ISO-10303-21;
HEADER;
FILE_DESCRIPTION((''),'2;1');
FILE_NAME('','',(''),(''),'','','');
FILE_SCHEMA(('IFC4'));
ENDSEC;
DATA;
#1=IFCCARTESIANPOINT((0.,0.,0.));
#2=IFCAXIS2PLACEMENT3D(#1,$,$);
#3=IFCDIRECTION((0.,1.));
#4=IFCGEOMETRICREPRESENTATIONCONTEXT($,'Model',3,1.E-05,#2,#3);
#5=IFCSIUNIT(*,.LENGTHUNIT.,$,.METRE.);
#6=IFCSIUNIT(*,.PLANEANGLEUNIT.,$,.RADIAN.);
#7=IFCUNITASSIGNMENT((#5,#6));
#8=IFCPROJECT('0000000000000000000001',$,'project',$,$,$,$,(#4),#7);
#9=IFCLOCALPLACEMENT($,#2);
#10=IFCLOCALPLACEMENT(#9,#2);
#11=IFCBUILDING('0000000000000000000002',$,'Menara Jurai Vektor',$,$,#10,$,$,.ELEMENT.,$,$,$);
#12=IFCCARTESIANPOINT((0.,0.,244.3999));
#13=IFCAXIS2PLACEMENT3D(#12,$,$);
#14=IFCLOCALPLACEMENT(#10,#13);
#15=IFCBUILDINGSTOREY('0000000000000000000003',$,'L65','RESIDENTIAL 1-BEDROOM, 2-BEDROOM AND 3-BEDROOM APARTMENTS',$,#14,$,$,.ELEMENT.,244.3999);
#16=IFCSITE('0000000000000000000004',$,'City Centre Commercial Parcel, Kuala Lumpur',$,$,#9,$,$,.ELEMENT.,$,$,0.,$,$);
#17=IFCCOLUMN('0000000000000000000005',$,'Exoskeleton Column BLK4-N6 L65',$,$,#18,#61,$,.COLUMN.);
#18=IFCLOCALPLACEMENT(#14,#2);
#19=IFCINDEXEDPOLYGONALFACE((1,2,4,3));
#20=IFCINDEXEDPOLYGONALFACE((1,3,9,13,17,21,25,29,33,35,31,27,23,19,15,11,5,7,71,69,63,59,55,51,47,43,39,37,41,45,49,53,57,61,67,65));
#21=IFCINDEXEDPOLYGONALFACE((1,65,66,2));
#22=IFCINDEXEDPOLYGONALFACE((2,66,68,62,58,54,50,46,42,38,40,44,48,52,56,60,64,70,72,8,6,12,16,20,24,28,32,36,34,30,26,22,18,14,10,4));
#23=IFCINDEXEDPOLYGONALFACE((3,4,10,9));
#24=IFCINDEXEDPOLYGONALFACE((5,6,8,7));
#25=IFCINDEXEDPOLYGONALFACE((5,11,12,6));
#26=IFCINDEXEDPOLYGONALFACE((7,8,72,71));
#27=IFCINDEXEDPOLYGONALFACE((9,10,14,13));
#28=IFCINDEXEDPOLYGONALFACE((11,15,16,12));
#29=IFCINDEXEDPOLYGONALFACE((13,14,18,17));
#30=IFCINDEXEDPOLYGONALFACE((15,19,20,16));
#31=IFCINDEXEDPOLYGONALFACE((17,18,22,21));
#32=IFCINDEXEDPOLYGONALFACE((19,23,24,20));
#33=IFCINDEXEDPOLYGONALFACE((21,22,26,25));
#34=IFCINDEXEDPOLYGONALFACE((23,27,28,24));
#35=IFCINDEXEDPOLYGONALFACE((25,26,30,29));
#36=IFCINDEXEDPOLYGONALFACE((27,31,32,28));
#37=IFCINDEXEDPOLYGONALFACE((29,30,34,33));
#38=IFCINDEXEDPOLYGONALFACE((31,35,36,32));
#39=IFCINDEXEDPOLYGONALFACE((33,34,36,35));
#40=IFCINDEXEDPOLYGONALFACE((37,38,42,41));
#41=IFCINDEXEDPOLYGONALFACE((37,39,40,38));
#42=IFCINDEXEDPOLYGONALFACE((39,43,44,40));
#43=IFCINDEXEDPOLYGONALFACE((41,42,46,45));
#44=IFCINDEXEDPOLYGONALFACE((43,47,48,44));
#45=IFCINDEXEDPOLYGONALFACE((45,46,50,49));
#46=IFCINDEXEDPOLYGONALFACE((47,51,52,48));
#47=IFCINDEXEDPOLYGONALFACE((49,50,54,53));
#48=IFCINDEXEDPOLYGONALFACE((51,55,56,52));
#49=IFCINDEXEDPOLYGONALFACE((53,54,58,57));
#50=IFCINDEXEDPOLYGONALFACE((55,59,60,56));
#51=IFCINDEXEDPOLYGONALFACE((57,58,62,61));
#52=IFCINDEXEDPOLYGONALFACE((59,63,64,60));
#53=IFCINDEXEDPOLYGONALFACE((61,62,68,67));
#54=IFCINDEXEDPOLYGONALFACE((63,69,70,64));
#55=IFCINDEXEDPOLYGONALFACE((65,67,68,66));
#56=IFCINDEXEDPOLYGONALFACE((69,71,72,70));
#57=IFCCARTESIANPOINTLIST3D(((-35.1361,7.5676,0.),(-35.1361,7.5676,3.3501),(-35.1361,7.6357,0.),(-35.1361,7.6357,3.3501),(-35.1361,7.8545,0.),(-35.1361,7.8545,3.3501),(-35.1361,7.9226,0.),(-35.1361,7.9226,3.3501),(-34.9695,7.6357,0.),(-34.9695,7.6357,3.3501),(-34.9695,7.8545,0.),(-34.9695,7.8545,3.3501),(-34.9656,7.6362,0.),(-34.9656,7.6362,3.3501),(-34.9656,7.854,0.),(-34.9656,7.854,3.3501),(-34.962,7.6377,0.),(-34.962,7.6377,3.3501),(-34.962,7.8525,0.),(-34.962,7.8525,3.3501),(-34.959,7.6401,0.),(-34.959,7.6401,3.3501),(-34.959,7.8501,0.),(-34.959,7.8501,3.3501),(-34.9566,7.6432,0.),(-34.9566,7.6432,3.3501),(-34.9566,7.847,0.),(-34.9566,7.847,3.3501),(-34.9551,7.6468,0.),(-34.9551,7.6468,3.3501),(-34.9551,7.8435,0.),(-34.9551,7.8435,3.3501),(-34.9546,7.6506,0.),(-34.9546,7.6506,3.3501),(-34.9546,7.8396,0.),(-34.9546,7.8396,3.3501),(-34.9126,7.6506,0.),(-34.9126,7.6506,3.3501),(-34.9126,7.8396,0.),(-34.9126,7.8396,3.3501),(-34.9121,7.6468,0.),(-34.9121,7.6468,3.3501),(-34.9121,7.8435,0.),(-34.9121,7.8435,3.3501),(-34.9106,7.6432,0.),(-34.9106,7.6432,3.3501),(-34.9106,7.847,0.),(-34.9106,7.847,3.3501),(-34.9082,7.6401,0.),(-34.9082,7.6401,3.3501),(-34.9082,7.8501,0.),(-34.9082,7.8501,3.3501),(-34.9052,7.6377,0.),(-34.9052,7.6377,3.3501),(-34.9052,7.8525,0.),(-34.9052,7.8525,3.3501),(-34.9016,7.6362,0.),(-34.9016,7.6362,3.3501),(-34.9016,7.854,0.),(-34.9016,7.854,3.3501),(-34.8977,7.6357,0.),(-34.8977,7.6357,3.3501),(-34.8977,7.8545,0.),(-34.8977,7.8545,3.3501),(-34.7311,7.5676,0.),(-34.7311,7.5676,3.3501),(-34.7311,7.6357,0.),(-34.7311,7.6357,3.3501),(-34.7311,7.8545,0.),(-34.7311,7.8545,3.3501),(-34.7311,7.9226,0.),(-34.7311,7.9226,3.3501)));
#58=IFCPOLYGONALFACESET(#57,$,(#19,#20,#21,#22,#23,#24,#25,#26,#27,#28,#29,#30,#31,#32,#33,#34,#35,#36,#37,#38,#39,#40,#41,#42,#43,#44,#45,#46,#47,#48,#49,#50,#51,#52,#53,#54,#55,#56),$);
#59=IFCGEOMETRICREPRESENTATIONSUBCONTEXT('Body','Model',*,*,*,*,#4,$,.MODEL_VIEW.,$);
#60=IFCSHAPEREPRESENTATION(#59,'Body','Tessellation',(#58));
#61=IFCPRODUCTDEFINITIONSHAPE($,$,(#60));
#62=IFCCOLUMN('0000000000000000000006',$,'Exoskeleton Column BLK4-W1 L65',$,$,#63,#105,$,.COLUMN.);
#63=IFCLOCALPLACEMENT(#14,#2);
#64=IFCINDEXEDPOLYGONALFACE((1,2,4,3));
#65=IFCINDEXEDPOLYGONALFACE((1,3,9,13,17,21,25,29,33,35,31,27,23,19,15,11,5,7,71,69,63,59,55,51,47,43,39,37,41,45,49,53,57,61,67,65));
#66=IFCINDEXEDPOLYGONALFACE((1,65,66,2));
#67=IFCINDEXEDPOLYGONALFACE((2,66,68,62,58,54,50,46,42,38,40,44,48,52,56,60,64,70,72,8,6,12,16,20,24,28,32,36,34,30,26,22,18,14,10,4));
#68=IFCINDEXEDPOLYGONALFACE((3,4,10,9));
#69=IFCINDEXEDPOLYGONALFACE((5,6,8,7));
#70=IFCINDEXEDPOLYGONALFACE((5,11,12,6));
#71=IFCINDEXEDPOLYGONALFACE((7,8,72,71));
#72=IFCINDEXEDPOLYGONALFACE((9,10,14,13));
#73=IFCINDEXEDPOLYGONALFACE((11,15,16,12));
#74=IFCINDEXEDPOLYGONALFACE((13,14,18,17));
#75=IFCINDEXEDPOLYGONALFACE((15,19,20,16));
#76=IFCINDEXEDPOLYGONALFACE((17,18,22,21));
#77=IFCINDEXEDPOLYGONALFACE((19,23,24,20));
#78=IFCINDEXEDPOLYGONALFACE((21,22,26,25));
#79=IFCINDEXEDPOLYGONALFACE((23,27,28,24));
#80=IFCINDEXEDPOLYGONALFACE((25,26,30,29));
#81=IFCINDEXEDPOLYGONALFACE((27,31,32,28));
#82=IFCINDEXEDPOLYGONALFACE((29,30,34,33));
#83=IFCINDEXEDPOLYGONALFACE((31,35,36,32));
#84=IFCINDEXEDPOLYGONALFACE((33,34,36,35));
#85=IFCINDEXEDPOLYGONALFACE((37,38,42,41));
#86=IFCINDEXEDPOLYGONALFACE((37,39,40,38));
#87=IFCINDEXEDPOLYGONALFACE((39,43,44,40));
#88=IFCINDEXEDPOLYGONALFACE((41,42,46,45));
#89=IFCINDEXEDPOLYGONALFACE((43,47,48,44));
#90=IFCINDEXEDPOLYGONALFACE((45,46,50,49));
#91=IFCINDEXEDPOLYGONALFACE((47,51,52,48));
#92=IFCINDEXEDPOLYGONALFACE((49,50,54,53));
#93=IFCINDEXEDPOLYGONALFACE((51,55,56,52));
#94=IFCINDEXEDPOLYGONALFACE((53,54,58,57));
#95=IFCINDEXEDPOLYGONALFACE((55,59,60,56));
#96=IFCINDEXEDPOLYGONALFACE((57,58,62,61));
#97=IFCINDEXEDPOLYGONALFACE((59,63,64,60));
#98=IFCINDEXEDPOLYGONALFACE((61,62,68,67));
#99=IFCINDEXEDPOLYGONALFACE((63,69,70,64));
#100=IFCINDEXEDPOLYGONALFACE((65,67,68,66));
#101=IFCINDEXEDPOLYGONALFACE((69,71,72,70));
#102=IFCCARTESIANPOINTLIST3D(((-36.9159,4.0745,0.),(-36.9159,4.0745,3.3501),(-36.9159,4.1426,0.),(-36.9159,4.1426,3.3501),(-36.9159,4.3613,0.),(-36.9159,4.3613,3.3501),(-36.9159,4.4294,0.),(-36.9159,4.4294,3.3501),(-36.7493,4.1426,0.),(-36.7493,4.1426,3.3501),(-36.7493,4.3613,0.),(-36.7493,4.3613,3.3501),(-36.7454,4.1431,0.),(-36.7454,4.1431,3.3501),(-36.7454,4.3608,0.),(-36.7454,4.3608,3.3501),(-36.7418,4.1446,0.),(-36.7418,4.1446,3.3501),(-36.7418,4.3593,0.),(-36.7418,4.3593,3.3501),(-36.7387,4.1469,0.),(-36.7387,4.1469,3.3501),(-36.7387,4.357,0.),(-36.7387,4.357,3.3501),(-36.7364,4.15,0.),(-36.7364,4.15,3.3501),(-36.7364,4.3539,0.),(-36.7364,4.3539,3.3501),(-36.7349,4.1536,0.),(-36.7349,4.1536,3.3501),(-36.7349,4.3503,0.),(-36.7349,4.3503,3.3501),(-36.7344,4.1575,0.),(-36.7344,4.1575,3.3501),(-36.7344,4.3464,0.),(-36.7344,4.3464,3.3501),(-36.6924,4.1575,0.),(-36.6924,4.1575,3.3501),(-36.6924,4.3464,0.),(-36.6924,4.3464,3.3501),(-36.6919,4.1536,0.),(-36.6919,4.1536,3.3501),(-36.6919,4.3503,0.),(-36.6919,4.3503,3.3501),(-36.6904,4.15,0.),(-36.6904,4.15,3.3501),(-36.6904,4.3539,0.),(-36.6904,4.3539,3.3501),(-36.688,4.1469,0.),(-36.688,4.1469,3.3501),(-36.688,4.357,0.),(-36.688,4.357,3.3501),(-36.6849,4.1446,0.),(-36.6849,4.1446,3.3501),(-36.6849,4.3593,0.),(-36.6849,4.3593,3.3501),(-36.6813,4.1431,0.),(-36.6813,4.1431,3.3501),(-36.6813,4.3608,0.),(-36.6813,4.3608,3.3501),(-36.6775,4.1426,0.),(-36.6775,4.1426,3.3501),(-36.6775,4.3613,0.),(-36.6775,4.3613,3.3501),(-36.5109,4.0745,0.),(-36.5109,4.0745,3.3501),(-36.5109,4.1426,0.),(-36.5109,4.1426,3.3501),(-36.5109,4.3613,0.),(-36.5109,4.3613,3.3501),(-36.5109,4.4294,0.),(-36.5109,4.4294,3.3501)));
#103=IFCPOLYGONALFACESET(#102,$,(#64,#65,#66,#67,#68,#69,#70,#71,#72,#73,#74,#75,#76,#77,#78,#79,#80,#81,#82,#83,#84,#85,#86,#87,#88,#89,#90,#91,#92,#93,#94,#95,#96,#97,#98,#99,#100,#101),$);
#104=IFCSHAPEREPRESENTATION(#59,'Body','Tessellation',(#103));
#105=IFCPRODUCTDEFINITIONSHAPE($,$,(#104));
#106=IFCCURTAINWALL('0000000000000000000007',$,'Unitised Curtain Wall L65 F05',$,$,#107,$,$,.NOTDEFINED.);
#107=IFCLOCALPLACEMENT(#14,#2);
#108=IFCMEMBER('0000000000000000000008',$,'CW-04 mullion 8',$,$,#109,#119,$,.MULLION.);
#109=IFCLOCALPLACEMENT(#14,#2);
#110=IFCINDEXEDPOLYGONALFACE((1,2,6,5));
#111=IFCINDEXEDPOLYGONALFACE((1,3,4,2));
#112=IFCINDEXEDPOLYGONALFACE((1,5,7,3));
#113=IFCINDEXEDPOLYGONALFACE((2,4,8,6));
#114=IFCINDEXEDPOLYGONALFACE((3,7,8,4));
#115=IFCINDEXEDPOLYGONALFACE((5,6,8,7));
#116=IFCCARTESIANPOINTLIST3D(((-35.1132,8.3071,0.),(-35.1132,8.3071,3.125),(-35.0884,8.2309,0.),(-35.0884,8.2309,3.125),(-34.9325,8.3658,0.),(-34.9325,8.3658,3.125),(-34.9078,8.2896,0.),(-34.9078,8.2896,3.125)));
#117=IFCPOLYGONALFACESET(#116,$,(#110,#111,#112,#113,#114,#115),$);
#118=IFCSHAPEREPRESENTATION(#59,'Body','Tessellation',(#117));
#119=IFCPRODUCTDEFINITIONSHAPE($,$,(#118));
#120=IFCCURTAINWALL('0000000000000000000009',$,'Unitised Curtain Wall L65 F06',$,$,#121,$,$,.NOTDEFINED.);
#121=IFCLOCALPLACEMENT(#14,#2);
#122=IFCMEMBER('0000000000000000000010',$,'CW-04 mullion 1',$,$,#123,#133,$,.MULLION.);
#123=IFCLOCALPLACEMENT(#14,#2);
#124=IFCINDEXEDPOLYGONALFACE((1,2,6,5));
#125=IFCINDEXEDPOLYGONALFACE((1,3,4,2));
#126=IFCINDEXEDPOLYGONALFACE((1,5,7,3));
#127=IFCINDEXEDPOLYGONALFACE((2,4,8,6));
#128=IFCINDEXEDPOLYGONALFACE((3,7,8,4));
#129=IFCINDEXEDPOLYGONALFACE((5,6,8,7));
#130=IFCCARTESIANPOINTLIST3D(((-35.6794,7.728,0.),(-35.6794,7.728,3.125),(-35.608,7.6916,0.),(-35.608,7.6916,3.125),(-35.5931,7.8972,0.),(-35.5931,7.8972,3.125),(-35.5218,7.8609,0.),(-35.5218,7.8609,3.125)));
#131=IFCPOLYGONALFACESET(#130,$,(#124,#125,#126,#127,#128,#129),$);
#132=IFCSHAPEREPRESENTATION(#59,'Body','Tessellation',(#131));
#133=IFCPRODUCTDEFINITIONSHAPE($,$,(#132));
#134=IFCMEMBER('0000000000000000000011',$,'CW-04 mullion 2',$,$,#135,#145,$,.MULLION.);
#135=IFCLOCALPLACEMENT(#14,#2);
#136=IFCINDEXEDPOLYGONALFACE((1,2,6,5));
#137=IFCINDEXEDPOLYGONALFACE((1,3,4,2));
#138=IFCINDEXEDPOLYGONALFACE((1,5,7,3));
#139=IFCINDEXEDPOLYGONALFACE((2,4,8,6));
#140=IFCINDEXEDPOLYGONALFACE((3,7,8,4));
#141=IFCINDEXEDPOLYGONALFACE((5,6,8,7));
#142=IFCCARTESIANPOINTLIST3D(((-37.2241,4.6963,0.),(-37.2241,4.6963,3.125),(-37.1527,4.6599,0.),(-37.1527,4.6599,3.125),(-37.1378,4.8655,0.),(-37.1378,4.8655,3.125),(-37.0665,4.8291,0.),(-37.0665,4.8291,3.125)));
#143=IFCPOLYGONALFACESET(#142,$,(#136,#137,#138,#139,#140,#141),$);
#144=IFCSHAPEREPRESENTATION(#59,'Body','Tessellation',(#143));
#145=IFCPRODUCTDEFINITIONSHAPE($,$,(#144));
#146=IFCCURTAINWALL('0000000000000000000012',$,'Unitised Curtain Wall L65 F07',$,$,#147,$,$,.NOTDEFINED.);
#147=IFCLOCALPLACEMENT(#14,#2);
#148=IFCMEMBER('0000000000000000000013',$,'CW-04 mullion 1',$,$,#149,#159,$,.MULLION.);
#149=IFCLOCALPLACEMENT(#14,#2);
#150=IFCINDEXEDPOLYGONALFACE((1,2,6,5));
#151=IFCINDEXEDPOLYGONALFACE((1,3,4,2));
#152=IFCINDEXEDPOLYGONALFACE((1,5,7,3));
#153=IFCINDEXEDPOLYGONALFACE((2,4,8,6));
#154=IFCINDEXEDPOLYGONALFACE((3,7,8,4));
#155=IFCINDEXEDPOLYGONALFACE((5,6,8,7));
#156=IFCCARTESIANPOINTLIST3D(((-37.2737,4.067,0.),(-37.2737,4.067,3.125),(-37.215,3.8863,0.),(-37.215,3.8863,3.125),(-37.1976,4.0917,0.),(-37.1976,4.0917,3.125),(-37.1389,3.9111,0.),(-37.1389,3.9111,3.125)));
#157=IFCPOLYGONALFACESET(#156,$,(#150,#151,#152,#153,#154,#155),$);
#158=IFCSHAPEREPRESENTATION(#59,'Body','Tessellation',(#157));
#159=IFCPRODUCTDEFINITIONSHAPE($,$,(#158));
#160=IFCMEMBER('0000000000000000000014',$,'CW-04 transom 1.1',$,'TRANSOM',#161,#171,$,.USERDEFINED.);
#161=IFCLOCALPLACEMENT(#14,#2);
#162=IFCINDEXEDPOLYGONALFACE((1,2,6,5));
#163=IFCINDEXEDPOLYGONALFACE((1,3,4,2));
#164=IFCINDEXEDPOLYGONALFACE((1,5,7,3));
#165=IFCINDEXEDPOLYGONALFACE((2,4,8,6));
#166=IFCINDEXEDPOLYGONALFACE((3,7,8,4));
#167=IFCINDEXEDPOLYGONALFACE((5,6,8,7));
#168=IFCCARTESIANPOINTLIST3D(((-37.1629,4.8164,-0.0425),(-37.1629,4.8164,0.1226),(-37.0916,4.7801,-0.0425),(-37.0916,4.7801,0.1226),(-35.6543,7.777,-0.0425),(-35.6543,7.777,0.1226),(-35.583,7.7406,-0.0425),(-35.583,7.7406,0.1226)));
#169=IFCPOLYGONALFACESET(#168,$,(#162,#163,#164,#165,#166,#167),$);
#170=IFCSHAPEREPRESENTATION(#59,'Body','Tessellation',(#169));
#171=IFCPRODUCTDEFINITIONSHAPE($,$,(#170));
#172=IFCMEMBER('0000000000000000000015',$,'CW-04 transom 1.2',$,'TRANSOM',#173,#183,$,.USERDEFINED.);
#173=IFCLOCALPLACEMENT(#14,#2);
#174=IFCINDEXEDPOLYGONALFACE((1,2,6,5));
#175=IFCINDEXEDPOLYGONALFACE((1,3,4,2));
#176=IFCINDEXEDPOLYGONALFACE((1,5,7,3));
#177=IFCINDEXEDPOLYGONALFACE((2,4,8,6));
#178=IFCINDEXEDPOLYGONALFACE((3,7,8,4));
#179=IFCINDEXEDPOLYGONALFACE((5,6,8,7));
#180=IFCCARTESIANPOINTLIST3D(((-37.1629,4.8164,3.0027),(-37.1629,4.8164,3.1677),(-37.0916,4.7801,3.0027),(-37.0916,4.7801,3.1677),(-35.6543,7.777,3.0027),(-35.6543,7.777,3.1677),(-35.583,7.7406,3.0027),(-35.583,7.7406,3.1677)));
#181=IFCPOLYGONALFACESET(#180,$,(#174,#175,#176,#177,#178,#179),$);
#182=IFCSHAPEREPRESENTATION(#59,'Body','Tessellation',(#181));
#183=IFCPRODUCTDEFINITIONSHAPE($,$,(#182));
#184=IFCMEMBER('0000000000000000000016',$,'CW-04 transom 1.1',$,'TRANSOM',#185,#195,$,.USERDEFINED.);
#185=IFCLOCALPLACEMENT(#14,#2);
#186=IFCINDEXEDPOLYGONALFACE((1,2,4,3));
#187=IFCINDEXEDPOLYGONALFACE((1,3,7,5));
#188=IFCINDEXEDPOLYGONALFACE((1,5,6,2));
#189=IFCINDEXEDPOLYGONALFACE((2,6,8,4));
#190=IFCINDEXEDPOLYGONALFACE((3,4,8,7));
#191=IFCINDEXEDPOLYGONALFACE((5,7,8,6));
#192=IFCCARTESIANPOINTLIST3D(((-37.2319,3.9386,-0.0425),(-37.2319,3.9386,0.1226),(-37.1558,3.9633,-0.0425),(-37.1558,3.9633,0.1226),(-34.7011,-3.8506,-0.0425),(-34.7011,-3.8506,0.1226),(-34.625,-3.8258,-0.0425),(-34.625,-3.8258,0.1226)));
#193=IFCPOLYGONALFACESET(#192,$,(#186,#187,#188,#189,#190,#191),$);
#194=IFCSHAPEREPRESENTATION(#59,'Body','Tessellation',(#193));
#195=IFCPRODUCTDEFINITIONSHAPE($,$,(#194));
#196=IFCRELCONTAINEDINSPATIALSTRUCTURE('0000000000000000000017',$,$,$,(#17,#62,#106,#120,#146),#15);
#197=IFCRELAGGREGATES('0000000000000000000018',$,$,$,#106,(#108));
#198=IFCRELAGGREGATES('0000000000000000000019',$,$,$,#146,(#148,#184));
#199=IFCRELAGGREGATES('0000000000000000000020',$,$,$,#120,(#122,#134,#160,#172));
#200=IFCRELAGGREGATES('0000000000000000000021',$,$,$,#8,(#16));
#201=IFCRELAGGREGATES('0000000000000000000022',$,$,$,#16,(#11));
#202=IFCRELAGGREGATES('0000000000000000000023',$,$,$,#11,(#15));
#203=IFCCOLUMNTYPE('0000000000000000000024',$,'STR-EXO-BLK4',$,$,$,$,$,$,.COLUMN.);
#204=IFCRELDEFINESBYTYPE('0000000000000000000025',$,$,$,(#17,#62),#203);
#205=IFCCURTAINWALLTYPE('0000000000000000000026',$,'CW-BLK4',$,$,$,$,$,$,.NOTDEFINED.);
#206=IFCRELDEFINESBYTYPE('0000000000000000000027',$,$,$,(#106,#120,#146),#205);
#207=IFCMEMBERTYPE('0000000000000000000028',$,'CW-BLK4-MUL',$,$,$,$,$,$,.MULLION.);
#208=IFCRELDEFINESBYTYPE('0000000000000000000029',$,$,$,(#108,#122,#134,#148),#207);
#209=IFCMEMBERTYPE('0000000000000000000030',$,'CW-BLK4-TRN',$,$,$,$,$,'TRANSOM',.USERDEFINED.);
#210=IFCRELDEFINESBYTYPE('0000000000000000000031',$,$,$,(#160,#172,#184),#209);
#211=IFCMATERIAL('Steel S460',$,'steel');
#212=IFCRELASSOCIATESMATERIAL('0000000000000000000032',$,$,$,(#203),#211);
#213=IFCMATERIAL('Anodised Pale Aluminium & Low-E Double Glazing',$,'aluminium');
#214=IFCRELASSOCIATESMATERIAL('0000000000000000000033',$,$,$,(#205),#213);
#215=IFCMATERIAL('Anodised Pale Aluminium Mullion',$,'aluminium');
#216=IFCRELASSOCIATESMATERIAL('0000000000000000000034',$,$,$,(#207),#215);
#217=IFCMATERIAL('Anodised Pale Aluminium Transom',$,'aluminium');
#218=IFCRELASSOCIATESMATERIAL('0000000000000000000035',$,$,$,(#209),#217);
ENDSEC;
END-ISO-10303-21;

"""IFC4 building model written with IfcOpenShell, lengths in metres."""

from ifc_helpers import new_model, si_unit, direction, frame, origin, origin_2d, place, context, subcontext, project, spatial, rectangle, i_section, extrude, material, material_profile, profile_set, type_object, element, aggregate, save


model = new_model("IFC4")

# Units and contexts
model_context = context("Model", 3, precision=1e-05, world=origin(), true_north=direction((0.0, 1.0)))
body_context = subcontext(model_context, "Body", "Model", "MODEL_VIEW")
ifc_project = project(units=[si_unit("LENGTHUNIT", "METRE"), si_unit("PLANEANGLEUNIT", "RADIAN")], contexts=[model_context])

# Site, building, storey
site_placement = place(None, origin())
site = spatial("IfcSite", under=ifc_project, at=site_placement, Name="City Centre Commercial Parcel, Kuala Lumpur", CompositionType="ELEMENT", RefElevation=0.0)
building_placement = place(site_placement, origin())
building = spatial("IfcBuilding", under=site, at=building_placement, Name="Menara Jurai Vektor", CompositionType="ELEMENT")
storey_placement = place(building_placement, frame((0.0, 0.0, 244.3999)))
storey = spatial("IfcBuildingStorey", under=building, at=storey_placement, Name="L65", Description="RESIDENTIAL 1-BEDROOM, 2-BEDROOM AND 3-BEDROOM APARTMENTS", CompositionType="ELEMENT", Elevation=244.3999)

# Columns
ifc_material_1 = material(Name="Steel S460", Category="steel")
ifc_material_profile_1 = material_profile(ifc_material_1, i_section(OverallWidth=0.405, OverallDepth=0.355, WebThickness=0.042, FlangeThickness=0.0681, FilletRadius=0.0149, at=origin_2d()), Name="HD 400x551")
ifc_profile_set_1 = profile_set([ifc_material_profile_1], Name="Steel S460")
column_type = type_object("IfcColumnType", Name="STR-EXO-BLK4", PredefinedType="COLUMN", material=ifc_profile_set_1)
for number, where, z_axis, x_axis, name in (
    (1, (-34.9336, 7.7451, 0.0), (0.0, 0.0, 1.0), (1.0, 0.0, 0.0), "Exoskeleton Column BLK4-N6 L65"),
    (2, (-36.7134, 4.252, 0.0), (0.0, 0.0, 1.0), (1.0, 0.0, 0.0), "Exoskeleton Column BLK4-W1 L65"),
):
    element("IfcColumn", number, at=place(storey_placement, frame(where, z_axis=z_axis, x_axis=x_axis)), inside=storey, type_object=column_type, Name=name, PredefinedType="COLUMN", context=body_context, shape_type="SweptSolid", body=[
        extrude(i_section(OverallWidth=0.405, OverallDepth=0.355, WebThickness=0.042, FlangeThickness=0.0681, FilletRadius=0.0149, at=origin_2d()), origin(), (0.0, 0.0, 1.0), 3.3501),
    ])

# Curtain wall, member
ifc_material_2 = material(Name="Anodised Pale Aluminium & Low-E Double Glazing", Category="aluminium")
curtain_wall_type = type_object("IfcCurtainWallType", Name="CW-BLK4", PredefinedType="NOTDEFINED", material=ifc_material_2)
curtain_wall_1_placement = place(storey_placement, origin())
curtain_wall_1 = element("IfcCurtainWall", 3, at=curtain_wall_1_placement, inside=storey, type_object=curtain_wall_type, Name="Unitised Curtain Wall L65 F05", PredefinedType="NOTDEFINED")
ifc_material_3 = material(Name="Anodised Pale Aluminium Mullion", Category="aluminium")
ifc_material_profile_2 = material_profile(ifc_material_3, rectangle(XDim=0.0801, YDim=0.1899, at=origin_2d()), Name="ALU MUL 80x190")
ifc_profile_set_2 = profile_set([ifc_material_profile_2], Name="Anodised Pale Aluminium Mullion")
member_type_1 = type_object("IfcMemberType", Name="CW-BLK4-MUL", PredefinedType="MULLION", material=ifc_profile_set_2)
member_1_placement = place(storey_placement, frame((-35.0105, 8.2983, 0.0), z_axis=(0.0, 0.0, 1.0), x_axis=(0.309017, -0.951056, 0.0)))
member_1 = element("IfcMember", 4, at=member_1_placement, type_object=member_type_1, Name="CW-04 mullion 8", PredefinedType="MULLION", context=body_context, shape_type="SweptSolid", body=[
    extrude(rectangle(XDim=0.0801, YDim=0.1899, at=origin_2d()), origin(), (0.0, 0.0, 1.0), 3.125),
])

# Curtain wall, members
curtain_wall_2_placement = place(storey_placement, origin())
curtain_wall_2 = element("IfcCurtainWall", 5, at=curtain_wall_2_placement, inside=storey, type_object=curtain_wall_type, Name="Unitised Curtain Wall L65 F06", PredefinedType="NOTDEFINED")
member_2_placement = place(storey_placement, frame((-35.6006, 7.7944, 0.0), z_axis=(0.0, 0.0, 1.0), x_axis=(0.891008, -0.453989, 0.0)))
member_2 = element("IfcMember", 6, at=member_2_placement, type_object=member_type_1, Name="CW-04 mullion 1", PredefinedType="MULLION", context=body_context, shape_type="SweptSolid", body=[
    extrude(rectangle(XDim=0.0801, YDim=0.1899, at=origin_2d()), origin(), (0.0, 0.0, 1.0), 3.125),
])
member_3_placement = place(storey_placement, frame((-37.1453, 4.7627, 0.0), z_axis=(0.0, 0.0, 1.0), x_axis=(0.891008, -0.453989, 0.0)))
member_3 = element("IfcMember", 7, at=member_3_placement, type_object=member_type_1, Name="CW-04 mullion 2", PredefinedType="MULLION", context=body_context, shape_type="SweptSolid", body=[
    extrude(rectangle(XDim=0.0801, YDim=0.1899, at=origin_2d()), origin(), (0.0, 0.0, 1.0), 3.125),
])

# Curtain wall, member
curtain_wall_3_placement = place(storey_placement, origin())
curtain_wall_3 = element("IfcCurtainWall", 8, at=curtain_wall_3_placement, inside=storey, type_object=curtain_wall_type, Name="Unitised Curtain Wall L65 F07", PredefinedType="NOTDEFINED")
member_4_placement = place(storey_placement, frame((-37.2063, 3.989, 0.0), z_axis=(0.0, 0.0, 1.0), x_axis=(0.951057, 0.309016, 0.0)))
member_4 = element("IfcMember", 9, at=member_4_placement, type_object=member_type_1, Name="CW-04 mullion 1", PredefinedType="MULLION", context=body_context, shape_type="SweptSolid", body=[
    extrude(rectangle(XDim=0.0801, YDim=0.1899, at=origin_2d()), origin(), (0.0, 0.0, 1.0), 3.125),
])

# Members
ifc_material_4 = material(Name="Anodised Pale Aluminium Transom", Category="aluminium")
ifc_material_profile_3 = material_profile(ifc_material_4, rectangle(XDim=0.0801, YDim=0.165, at=origin_2d()), Name="ALU TRN 80x165")
ifc_profile_set_3 = profile_set([ifc_material_profile_3], Name="Anodised Pale Aluminium Transom")
member_type_2 = type_object("IfcMemberType", Name="CW-BLK4-TRN", ElementType="TRANSOM", PredefinedType="USERDEFINED", material=ifc_profile_set_3)
member_5_placement = place(storey_placement, frame((-35.6187, 7.7588, 0.04), z_axis=(-0.454019, -0.890992, 0.0), x_axis=(0.890992, -0.454019, 0.0)))
member_5 = element("IfcMember", 10, at=member_5_placement, type_object=member_type_2, Name="CW-04 transom 1.1", ObjectType="TRANSOM", PredefinedType="USERDEFINED", context=body_context, shape_type="SweptSolid", body=[
    extrude(rectangle(XDim=0.0801, YDim=0.165, at=origin_2d()), origin(), (0.0, 0.0, 1.0), 3.3228),
])
member_6_placement = place(storey_placement, frame((-35.6187, 7.7588, 3.0852), z_axis=(-0.454019, -0.890992, 0.0), x_axis=(0.890992, -0.454019, 0.0)))
member_6 = element("IfcMember", 11, at=member_6_placement, type_object=member_type_2, Name="CW-04 transom 1.2", ObjectType="TRANSOM", PredefinedType="USERDEFINED", context=body_context, shape_type="SweptSolid", body=[
    extrude(rectangle(XDim=0.0801, YDim=0.165, at=origin_2d()), origin(), (0.0, 0.0, 1.0), 3.3228),
])
member_7_placement = place(storey_placement, frame((-37.1938, 3.9509, 0.04), z_axis=(0.309011, -0.951059, 0.0), x_axis=(0.951059, 0.309011, 0.0)))
member_7 = element("IfcMember", 12, at=member_7_placement, type_object=member_type_2, Name="CW-04 transom 1.1", ObjectType="TRANSOM", PredefinedType="USERDEFINED", context=body_context, shape_type="SweptSolid", body=[
    extrude(rectangle(XDim=0.0801, YDim=0.165, at=origin_2d()), origin(), (0.0, 0.0, 1.0), 8.1899),
])

aggregate(curtain_wall_1, [member_1])
aggregate(curtain_wall_3, [member_4, member_7])
aggregate(curtain_wall_2, [member_2, member_3, member_5, member_6])

save(model, "model.ifc")
